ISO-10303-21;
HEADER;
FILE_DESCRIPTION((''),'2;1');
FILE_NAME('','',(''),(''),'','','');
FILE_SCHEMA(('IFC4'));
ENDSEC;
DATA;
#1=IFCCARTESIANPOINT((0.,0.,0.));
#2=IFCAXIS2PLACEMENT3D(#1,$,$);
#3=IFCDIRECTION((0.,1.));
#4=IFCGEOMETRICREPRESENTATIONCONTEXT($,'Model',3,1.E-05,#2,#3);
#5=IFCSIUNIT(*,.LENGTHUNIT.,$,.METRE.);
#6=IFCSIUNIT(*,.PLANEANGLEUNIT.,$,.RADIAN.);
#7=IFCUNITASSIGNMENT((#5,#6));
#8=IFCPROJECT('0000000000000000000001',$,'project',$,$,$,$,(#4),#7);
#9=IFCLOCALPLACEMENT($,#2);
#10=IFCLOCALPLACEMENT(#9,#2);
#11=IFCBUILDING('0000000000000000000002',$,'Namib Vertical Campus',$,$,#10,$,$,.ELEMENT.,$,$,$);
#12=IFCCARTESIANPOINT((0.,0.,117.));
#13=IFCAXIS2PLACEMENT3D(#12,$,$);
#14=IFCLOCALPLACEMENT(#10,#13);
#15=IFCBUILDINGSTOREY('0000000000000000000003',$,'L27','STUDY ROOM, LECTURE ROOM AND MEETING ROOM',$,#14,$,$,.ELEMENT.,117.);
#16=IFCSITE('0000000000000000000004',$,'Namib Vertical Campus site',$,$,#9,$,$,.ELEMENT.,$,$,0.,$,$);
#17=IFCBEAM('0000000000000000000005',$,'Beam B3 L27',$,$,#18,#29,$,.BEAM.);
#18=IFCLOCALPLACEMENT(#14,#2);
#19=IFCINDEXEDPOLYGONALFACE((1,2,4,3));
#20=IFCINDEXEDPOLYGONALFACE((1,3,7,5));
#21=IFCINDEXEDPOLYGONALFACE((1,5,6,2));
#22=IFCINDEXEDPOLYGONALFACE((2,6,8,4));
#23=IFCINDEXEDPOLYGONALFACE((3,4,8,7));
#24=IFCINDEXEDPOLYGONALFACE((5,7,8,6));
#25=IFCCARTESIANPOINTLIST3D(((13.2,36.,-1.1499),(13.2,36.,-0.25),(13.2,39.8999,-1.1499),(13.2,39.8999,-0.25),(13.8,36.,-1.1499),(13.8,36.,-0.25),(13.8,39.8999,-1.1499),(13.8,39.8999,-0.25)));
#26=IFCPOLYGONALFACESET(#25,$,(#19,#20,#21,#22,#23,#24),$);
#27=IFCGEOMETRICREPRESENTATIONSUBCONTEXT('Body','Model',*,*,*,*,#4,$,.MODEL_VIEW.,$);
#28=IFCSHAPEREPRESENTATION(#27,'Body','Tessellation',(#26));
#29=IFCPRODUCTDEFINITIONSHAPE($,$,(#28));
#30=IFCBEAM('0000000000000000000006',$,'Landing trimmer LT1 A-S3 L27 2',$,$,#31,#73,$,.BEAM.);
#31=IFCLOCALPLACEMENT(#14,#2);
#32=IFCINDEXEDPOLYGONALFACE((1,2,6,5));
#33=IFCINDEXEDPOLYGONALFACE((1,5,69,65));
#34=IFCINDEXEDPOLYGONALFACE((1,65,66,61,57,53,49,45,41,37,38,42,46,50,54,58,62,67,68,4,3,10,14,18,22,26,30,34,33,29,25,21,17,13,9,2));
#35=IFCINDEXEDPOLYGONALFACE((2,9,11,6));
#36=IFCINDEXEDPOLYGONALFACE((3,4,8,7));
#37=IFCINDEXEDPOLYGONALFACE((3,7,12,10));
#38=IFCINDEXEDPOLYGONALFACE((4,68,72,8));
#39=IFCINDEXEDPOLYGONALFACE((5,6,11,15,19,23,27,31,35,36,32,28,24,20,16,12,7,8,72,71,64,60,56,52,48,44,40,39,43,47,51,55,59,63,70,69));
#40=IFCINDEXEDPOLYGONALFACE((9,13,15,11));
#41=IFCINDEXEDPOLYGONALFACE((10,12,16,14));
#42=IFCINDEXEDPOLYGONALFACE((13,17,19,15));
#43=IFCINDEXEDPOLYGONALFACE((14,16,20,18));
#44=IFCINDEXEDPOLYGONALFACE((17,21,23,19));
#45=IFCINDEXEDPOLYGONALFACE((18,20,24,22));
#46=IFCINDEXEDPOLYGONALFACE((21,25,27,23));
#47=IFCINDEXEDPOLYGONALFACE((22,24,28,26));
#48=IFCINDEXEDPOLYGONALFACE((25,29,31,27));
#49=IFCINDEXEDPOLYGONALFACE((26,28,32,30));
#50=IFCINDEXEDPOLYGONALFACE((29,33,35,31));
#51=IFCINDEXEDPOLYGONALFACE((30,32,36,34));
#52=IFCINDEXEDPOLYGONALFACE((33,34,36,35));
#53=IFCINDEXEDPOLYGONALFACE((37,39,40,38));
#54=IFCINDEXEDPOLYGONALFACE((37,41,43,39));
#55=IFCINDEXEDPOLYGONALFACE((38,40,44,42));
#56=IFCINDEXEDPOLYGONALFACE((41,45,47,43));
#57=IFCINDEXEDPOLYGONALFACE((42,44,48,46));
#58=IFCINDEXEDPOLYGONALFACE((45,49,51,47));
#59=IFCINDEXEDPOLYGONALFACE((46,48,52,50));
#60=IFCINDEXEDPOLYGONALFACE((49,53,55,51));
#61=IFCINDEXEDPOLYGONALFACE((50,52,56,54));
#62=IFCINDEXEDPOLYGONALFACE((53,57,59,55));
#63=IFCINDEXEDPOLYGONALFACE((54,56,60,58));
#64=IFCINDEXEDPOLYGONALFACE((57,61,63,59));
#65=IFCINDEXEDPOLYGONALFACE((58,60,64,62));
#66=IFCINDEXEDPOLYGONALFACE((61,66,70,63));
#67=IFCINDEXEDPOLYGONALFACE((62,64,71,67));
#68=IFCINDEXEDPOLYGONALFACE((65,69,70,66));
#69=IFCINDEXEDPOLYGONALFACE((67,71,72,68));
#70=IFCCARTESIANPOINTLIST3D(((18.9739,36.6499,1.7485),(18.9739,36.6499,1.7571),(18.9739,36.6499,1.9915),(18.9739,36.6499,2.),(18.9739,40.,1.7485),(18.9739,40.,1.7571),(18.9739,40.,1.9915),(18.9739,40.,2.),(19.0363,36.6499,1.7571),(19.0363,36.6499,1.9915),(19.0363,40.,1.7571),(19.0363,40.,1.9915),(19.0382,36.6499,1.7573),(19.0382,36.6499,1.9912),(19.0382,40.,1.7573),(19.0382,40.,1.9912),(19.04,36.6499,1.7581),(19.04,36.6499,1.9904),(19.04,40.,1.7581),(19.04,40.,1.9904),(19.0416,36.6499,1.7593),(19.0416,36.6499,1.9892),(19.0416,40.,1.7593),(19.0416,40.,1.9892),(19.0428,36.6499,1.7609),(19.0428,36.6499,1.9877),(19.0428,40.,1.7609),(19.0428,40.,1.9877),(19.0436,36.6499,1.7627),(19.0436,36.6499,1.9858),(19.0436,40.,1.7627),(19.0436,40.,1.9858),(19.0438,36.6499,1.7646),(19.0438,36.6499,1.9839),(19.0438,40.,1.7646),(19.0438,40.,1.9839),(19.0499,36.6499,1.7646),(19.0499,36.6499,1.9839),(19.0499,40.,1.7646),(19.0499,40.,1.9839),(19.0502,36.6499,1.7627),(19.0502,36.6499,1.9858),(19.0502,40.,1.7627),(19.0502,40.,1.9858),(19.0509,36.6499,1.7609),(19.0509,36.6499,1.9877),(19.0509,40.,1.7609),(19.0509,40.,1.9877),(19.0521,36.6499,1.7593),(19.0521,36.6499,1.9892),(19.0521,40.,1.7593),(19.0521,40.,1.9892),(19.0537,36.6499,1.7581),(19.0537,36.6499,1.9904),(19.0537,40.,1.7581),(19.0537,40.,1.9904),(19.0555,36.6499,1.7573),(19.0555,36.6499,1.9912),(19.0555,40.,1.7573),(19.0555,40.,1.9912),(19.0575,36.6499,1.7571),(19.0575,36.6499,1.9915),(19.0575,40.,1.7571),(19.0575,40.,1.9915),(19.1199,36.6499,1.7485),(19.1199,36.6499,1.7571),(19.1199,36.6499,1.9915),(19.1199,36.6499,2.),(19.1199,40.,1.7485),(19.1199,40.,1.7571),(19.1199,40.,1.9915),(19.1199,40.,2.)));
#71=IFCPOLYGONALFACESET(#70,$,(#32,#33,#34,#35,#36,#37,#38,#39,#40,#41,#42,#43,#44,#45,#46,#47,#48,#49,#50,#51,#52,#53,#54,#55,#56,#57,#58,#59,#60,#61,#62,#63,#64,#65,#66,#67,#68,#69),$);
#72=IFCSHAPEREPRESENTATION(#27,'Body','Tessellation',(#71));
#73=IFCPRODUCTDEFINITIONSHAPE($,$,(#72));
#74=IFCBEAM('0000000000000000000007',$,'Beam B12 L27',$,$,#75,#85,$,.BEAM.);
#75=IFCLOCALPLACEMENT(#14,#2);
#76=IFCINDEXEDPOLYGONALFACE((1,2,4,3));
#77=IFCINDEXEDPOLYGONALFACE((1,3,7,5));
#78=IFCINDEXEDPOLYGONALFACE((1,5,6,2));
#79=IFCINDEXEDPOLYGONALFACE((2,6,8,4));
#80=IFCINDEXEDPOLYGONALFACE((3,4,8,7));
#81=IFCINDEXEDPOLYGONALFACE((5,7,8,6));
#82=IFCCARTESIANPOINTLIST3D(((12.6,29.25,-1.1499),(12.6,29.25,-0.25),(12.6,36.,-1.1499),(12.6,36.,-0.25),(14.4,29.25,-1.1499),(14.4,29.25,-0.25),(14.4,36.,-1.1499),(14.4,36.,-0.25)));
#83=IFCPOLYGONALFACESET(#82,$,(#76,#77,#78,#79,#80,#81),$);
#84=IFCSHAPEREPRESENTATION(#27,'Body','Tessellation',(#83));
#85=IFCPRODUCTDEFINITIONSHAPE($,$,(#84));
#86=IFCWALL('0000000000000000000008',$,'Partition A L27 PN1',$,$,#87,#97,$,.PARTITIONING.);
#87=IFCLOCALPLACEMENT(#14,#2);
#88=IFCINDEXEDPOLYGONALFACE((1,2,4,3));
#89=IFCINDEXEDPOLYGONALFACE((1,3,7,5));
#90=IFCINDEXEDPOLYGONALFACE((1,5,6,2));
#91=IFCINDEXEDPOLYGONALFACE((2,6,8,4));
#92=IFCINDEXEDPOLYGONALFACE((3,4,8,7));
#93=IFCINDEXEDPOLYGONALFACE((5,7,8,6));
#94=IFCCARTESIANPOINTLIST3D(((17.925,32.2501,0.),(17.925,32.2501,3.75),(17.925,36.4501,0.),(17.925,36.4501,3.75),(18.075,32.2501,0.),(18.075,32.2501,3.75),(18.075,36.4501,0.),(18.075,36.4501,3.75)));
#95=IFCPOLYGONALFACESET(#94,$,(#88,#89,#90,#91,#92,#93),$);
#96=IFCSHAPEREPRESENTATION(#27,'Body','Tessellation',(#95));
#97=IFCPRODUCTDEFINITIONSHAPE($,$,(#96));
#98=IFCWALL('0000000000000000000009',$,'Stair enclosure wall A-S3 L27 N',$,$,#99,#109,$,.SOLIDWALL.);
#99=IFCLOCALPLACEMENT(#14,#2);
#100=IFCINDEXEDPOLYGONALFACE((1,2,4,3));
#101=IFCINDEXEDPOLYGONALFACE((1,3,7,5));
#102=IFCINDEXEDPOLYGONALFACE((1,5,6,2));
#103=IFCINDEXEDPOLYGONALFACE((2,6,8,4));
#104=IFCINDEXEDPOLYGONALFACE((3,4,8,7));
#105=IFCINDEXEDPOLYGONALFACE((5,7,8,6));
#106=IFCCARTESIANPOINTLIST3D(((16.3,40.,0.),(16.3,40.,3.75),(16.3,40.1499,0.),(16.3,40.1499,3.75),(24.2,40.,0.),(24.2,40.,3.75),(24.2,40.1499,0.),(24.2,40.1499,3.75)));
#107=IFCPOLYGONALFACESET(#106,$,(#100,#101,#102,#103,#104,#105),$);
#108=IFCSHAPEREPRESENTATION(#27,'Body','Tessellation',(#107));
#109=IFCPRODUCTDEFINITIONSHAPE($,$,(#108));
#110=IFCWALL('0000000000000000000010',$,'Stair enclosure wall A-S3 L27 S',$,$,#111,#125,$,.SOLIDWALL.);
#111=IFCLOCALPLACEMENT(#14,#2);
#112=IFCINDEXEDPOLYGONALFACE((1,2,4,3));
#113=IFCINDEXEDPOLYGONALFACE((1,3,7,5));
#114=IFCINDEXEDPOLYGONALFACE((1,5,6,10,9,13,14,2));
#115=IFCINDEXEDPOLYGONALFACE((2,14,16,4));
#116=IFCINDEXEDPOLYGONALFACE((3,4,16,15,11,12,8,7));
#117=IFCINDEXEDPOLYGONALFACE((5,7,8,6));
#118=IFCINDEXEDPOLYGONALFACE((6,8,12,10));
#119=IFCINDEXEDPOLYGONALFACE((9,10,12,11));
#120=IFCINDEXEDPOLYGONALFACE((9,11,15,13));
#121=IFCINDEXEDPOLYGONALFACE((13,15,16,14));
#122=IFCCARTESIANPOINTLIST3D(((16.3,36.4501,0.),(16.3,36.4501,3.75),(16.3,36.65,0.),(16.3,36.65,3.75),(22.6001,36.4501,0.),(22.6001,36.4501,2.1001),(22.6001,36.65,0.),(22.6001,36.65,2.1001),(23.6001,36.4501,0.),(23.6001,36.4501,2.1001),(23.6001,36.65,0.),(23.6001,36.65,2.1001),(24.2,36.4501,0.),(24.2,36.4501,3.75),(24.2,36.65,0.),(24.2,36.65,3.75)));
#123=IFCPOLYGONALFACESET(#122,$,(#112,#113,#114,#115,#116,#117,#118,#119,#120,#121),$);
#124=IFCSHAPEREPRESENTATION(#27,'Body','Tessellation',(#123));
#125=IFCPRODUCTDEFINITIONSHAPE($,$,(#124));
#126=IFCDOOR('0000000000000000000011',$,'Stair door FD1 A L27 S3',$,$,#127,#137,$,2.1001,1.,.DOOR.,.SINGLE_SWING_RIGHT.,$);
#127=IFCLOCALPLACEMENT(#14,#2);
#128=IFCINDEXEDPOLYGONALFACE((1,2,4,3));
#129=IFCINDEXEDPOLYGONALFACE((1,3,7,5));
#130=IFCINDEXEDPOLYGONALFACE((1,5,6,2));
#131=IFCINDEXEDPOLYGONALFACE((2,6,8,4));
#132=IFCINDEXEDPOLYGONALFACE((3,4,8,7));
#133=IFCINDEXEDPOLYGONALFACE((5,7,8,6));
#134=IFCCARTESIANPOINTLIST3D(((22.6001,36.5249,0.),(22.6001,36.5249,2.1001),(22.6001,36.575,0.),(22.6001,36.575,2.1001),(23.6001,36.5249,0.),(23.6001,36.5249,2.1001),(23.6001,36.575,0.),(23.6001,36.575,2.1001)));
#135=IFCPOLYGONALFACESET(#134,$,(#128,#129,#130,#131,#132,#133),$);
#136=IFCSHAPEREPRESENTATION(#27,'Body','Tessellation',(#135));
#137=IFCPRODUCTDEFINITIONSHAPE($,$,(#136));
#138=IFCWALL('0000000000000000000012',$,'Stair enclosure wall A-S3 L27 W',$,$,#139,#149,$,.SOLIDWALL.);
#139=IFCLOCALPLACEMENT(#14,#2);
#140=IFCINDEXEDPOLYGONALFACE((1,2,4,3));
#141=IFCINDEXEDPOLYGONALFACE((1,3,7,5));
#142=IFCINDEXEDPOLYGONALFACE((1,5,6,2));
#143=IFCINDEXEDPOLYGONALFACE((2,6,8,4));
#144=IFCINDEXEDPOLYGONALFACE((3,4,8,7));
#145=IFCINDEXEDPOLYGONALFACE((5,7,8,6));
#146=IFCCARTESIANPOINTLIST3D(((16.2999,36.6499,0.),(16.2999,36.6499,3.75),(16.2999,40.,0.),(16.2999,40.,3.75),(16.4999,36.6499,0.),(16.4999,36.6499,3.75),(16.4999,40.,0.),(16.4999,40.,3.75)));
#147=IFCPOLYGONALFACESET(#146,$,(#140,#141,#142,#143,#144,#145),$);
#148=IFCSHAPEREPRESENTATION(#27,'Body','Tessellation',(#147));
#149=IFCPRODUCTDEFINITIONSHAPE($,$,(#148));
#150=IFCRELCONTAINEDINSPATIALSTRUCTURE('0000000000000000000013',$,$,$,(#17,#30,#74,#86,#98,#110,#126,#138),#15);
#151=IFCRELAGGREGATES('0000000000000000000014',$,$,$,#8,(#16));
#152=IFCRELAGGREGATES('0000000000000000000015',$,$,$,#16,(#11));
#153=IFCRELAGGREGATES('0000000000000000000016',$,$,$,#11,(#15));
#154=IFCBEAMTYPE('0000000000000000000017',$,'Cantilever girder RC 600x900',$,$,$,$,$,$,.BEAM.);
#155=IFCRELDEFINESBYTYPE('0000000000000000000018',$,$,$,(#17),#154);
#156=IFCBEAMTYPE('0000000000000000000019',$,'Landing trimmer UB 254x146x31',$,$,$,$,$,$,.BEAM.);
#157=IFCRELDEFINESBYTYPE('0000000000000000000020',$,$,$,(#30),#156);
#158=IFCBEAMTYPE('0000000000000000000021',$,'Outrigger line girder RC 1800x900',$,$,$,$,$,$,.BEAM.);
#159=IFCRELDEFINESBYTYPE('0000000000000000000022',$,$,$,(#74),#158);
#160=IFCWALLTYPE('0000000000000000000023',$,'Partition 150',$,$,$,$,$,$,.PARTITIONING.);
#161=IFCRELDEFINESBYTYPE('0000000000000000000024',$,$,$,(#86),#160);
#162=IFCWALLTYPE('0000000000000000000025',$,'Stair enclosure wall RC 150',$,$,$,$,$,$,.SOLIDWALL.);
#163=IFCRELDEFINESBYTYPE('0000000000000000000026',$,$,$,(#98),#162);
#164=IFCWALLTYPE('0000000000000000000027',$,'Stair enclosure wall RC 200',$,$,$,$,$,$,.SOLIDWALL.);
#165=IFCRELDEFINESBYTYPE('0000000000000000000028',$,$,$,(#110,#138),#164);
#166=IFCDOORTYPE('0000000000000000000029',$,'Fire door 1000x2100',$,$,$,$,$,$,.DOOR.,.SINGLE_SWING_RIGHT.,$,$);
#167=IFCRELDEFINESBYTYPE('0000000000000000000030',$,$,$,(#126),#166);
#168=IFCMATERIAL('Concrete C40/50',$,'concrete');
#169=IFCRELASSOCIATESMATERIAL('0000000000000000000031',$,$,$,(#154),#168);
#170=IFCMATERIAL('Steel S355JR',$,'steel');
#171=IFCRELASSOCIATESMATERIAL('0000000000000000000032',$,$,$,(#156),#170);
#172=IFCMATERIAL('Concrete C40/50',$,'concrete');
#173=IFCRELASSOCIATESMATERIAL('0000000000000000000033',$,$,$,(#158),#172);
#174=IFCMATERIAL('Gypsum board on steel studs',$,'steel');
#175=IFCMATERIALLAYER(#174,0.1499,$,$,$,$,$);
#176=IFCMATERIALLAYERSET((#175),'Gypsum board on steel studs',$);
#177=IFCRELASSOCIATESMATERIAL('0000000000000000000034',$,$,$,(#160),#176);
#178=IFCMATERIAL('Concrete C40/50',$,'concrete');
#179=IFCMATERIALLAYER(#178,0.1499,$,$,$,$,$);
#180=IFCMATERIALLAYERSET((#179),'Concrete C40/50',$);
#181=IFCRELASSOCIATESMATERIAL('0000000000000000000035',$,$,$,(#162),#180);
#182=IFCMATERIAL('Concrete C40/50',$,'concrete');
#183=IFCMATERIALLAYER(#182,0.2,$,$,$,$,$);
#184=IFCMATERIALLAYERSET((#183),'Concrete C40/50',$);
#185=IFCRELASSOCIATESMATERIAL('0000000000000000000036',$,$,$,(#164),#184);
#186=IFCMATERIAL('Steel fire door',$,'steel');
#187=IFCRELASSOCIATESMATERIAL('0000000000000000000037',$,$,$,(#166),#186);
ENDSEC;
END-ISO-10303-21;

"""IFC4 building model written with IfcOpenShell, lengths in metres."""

from ifc_helpers import new_model, si_unit, direction, frame, frame_2d, origin, origin_2d, place, context, subcontext, project, spatial, rectangle, i_section, extrude, material, layer, layer_set, material_profile, profile_set, type_object, element, fill, save


model = new_model("IFC4")

# Units and contexts
model_context = context("Model", 3, precision=1e-05, world=origin(), true_north=direction((0.0, 1.0)))
body_context = subcontext(model_context, "Body", "Model", "MODEL_VIEW")
ifc_project = project(units=[si_unit("LENGTHUNIT", "METRE"), si_unit("PLANEANGLEUNIT", "RADIAN")], contexts=[model_context])

# Site, building, storey
site_placement = place(None, origin())
site = spatial("IfcSite", under=ifc_project, at=site_placement, Name="Namib Vertical Campus site", CompositionType="ELEMENT", RefElevation=0.0)
building_placement = place(site_placement, origin())
building = spatial("IfcBuilding", under=site, at=building_placement, Name="Namib Vertical Campus", CompositionType="ELEMENT")
storey_placement = place(building_placement, frame((0.0, 0.0, 117.0)))
storey = spatial("IfcBuildingStorey", under=building, at=storey_placement, Name="L27", Description="STUDY ROOM, LECTURE ROOM AND MEETING ROOM", CompositionType="ELEMENT", Elevation=117.0)

# Beams
ifc_material_1 = material(Name="Concrete C40/50", Category="concrete")
ifc_material_profile_1 = material_profile(ifc_material_1, rectangle(XDim=0.6001, YDim=0.8999, at=origin_2d()))
ifc_profile_set_1 = profile_set([ifc_material_profile_1], Name="Concrete C40/50")
beam_type_1 = type_object("IfcBeamType", Name="Cantilever girder RC 600x900", PredefinedType="BEAM", material=ifc_profile_set_1)
beam_1_placement = place(storey_placement, frame((13.5, 36.0, -0.7), z_axis=(0.0, 1.0, 0.0), x_axis=(-1.0, 0.0, 0.0)))
element("IfcBeam", 1, at=beam_1_placement, inside=storey, type_object=beam_type_1, Name="Beam B3 L27", PredefinedType="BEAM", context=body_context, shape_type="SweptSolid", body=[
    extrude(rectangle(XDim=0.6001, YDim=0.8999, at=origin_2d()), origin(), (0.0, 0.0, 1.0), 3.8999),
])
ifc_material_2 = material(Name="Steel S355JR", Category="steel")
ifc_material_profile_2 = material_profile(ifc_material_2, i_section(OverallWidth=0.146, OverallDepth=0.2515, WebThickness=0.0061, FlangeThickness=0.0085, FilletRadius=0.0076, at=origin_2d()))
ifc_profile_set_2 = profile_set([ifc_material_profile_2], Name="Steel S355JR")
beam_type_2 = type_object("IfcBeamType", Name="Landing trimmer UB 254x146x31", PredefinedType="BEAM", material=ifc_profile_set_2)
beam_2_placement = place(storey_placement, frame((19.0469, 36.6499, 1.8743), z_axis=(0.0, 1.0, 0.0), x_axis=(-1.0, 0.0, 0.0)))
element("IfcBeam", 2, at=beam_2_placement, inside=storey, type_object=beam_type_2, Name="Landing trimmer LT1 A-S3 L27 2", PredefinedType="BEAM", context=body_context, shape_type="SweptSolid", body=[
    extrude(i_section(OverallWidth=0.146, OverallDepth=0.2515, WebThickness=0.0061, FlangeThickness=0.0085, FilletRadius=0.0076, at=origin_2d()), origin(), (0.0, 0.0, 1.0), 3.3501),
])
ifc_material_3 = material(Name="Concrete C40/50", Category="concrete")
ifc_material_profile_3 = material_profile(ifc_material_3, rectangle(XDim=1.8, YDim=0.8999, at=origin_2d()))
ifc_profile_set_3 = profile_set([ifc_material_profile_3], Name="Concrete C40/50")
beam_type_3 = type_object("IfcBeamType", Name="Outrigger line girder RC 1800x900", PredefinedType="BEAM", material=ifc_profile_set_3)
beam_3_placement = place(storey_placement, frame((13.5, 36.0, -0.7), z_axis=(0.0, -1.0, 0.0), x_axis=(1.0, 0.0, 0.0)))
element("IfcBeam", 3, at=beam_3_placement, inside=storey, type_object=beam_type_3, Name="Beam B12 L27", PredefinedType="BEAM", context=body_context, shape_type="SweptSolid", body=[
    extrude(rectangle(XDim=1.8, YDim=0.8999, at=origin_2d()), origin(), (0.0, 0.0, 1.0), 6.75),
])

# Walls
ifc_material_4 = material(Name="Gypsum board on steel studs", Category="steel")
ifc_layer_1 = layer(ifc_material_4, 0.1499)
ifc_layer_set_1 = layer_set([ifc_layer_1], Name="Gypsum board on steel studs")
wall_type_1 = type_object("IfcWallType", Name="Partition 150", PredefinedType="PARTITIONING", material=ifc_layer_set_1)
wall_1_placement = place(storey_placement, frame((18.0, 32.25, 0.0), z_axis=(0.0, 0.0, 1.0), x_axis=(0.0, 1.0, 0.0)))
element("IfcWall", 4, at=wall_1_placement, inside=storey, type_object=wall_type_1, Name="Partition A L27 PN1", PredefinedType="PARTITIONING", context=body_context, shape_type="SweptSolid", body=[
    extrude(rectangle(XDim=4.2, YDim=0.1499, at=frame_2d((2.1001, 0.0))), origin(), (0.0, 0.0, 1.0), 3.75),
])
ifc_material_5 = material(Name="Concrete C40/50", Category="concrete")
ifc_layer_2 = layer(ifc_material_5, 0.1499)
ifc_layer_set_2 = layer_set([ifc_layer_2], Name="Concrete C40/50")
wall_type_2 = type_object("IfcWallType", Name="Stair enclosure wall RC 150", PredefinedType="SOLIDWALL", material=ifc_layer_set_2)
wall_2_placement = place(storey_placement, frame((16.3, 40.075, 0.0), z_axis=(0.0, 0.0, 1.0), x_axis=(1.0, 0.0, 0.0)))
element("IfcWall", 5, at=wall_2_placement, inside=storey, type_object=wall_type_2, Name="Stair enclosure wall A-S3 L27 N", PredefinedType="SOLIDWALL", context=body_context, shape_type="SweptSolid", body=[
    extrude(rectangle(XDim=7.8999, YDim=0.1499, at=frame_2d((3.95, 0.0))), origin(), (0.0, 0.0, 1.0), 3.75),
])

# Wall, opening, door
ifc_material_6 = material(Name="Concrete C40/50", Category="concrete")
ifc_layer_3 = layer(ifc_material_6, 0.2)
ifc_layer_set_3 = layer_set([ifc_layer_3], Name="Concrete C40/50")
wall_type_3 = type_object("IfcWallType", Name="Stair enclosure wall RC 200", PredefinedType="SOLIDWALL", material=ifc_layer_set_3)
wall_3_placement = place(storey_placement, frame((16.3, 36.55, 0.0), z_axis=(0.0, 0.0, 1.0), x_axis=(1.0, 0.0, 0.0)))
wall_3 = element("IfcWall", 6, at=wall_3_placement, inside=storey, type_object=wall_type_3, Name="Stair enclosure wall A-S3 L27 S", PredefinedType="SOLIDWALL", context=body_context, shape_type="SweptSolid", body=[
    extrude(rectangle(XDim=7.8999, YDim=0.2, at=frame_2d((3.95, 0.0))), origin(), (0.0, 0.0, 1.0), 3.75),
])
opening_placement = place(wall_3_placement, frame((6.3, 0.0, 0.0)))
opening = element("IfcOpeningElement", 7, at=opening_placement, cuts=wall_3, PredefinedType="OPENING", context=body_context, shape_type="SweptSolid", body=[
    extrude(rectangle(XDim=1.0, YDim=2.1001, at=frame_2d((0.5, 1.05))), frame((0.0, 0.1099, 0.0), z_axis=(0.0, -1.0, 0.0), x_axis=(1.0, 0.0, 0.0)), (0.0, 0.0, 1.0), 0.22),
])
ifc_material_7 = material(Name="Steel fire door", Category="steel")
door_type = type_object("IfcDoorType", Name="Fire door 1000x2100", OperationType="SINGLE_SWING_RIGHT", PredefinedType="DOOR", material=ifc_material_7)
door_placement = place(opening_placement, origin())
door = element("IfcDoor", 8, at=door_placement, inside=storey, type_object=door_type, Name="Stair door FD1 A L27 S3", OperationType="SINGLE_SWING_RIGHT", OverallHeight=2.1001, OverallWidth=1.0, PredefinedType="DOOR", context=body_context, shape_type="SweptSolid", body=[
    extrude(rectangle(XDim=1.0, YDim=2.1001, at=frame_2d((0.5, 1.05))), frame((0.0, 0.0249, 0.0), z_axis=(0.0, -1.0, 0.0), x_axis=(1.0, 0.0, 0.0)), (0.0, 0.0, 1.0), 0.05),
])
fill(opening, door)

# Wall
wall_4_placement = place(storey_placement, frame((16.3999, 36.6499, 0.0), z_axis=(0.0, 0.0, 1.0), x_axis=(0.0, 1.0, 0.0)))
element("IfcWall", 9, at=wall_4_placement, inside=storey, type_object=wall_type_3, Name="Stair enclosure wall A-S3 L27 W", PredefinedType="SOLIDWALL", context=body_context, shape_type="SweptSolid", body=[
    extrude(rectangle(XDim=3.3501, YDim=0.2, at=frame_2d((1.675, 0.0))), origin(), (0.0, 0.0, 1.0), 3.75),
])

save(model, "model.ifc")
